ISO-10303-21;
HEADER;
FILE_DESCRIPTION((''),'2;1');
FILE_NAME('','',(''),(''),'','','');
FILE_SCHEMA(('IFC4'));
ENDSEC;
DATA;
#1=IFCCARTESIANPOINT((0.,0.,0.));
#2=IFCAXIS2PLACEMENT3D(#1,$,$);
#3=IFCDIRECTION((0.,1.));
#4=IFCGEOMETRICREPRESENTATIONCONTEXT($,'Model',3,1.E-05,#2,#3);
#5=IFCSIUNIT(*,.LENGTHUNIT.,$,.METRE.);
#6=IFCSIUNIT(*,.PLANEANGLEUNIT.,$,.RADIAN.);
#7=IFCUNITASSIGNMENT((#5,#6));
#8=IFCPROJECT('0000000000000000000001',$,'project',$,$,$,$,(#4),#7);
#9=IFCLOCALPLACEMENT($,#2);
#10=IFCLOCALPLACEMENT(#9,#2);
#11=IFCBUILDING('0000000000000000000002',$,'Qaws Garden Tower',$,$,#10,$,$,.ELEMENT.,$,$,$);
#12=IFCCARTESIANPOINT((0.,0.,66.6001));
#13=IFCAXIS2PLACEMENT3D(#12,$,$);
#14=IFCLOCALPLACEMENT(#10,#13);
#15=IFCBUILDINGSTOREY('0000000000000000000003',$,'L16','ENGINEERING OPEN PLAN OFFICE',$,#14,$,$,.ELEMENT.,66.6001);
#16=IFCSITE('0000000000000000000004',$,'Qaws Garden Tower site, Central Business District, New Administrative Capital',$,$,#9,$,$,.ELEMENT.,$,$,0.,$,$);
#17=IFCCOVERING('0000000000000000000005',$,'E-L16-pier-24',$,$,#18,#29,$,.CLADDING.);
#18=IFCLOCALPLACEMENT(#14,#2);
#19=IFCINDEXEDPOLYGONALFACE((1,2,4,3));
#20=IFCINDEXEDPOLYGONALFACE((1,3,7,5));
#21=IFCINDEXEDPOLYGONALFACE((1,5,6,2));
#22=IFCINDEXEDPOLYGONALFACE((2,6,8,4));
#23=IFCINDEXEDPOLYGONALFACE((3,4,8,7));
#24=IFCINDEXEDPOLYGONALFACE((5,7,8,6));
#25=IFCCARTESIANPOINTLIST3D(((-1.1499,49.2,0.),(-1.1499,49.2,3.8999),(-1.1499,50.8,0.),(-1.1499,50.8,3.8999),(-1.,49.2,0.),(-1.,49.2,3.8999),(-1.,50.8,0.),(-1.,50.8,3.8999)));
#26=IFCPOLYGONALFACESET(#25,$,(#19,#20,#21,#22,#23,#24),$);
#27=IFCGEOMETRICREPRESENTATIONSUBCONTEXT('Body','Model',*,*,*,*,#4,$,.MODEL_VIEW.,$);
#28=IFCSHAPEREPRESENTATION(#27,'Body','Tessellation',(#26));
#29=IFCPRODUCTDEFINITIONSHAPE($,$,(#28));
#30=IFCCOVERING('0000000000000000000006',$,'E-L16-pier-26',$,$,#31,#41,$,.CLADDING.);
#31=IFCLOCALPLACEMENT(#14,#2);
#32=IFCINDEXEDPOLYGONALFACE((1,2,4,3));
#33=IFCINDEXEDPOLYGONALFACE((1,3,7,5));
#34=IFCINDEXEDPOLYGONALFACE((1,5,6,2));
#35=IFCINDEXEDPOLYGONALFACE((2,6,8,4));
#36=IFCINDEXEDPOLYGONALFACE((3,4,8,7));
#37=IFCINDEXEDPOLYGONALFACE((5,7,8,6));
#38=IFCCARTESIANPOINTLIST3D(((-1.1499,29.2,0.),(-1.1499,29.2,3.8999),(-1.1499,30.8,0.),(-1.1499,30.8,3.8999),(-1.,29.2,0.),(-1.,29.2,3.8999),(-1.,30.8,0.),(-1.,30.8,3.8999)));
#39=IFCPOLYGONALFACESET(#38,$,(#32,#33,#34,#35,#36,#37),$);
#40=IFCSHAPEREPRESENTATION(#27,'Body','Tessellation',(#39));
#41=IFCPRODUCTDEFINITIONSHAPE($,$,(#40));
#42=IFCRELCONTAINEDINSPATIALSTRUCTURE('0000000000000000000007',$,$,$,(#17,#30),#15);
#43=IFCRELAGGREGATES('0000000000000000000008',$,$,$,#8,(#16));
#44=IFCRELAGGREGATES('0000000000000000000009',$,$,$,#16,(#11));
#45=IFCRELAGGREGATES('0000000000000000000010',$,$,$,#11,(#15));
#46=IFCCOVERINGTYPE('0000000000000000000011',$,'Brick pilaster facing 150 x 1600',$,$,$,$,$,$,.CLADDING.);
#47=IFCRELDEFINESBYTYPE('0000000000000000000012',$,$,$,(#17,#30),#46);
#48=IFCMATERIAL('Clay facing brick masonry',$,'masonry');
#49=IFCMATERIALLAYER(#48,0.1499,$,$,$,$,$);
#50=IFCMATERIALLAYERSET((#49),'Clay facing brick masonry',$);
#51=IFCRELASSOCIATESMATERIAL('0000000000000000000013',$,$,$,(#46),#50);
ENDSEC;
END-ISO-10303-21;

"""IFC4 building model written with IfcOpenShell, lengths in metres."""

from ifc_helpers import new_model, si_unit, direction, frame, origin, place, context, subcontext, project, spatial, polyline, outline, extrude, material, layer, layer_set, type_object, element, save


model = new_model("IFC4")

# Units and contexts
model_context = context("Model", 3, precision=1e-05, world=origin(), true_north=direction((0.0, 1.0)))
body_context = subcontext(model_context, "Body", "Model", "MODEL_VIEW")
ifc_project = project(units=[si_unit("LENGTHUNIT", "METRE"), si_unit("PLANEANGLEUNIT", "RADIAN")], contexts=[model_context])

# Site, building, storey
site_placement = place(None, origin())
site = spatial("IfcSite", under=ifc_project, at=site_placement, Name="Qaws Garden Tower site, Central Business District, New Administrative Capital", CompositionType="ELEMENT", RefElevation=0.0)
building_placement = place(site_placement, origin())
building = spatial("IfcBuilding", under=site, at=building_placement, Name="Qaws Garden Tower", CompositionType="ELEMENT")
storey_placement = place(building_placement, frame((0.0, 0.0, 66.6001)))
storey = spatial("IfcBuildingStorey", under=building, at=storey_placement, Name="L16", Description="ENGINEERING OPEN PLAN OFFICE", CompositionType="ELEMENT", Elevation=66.6001)

# Shared definitions
placement = place(storey_placement, origin())

# Coverings
ifc_material_1 = material(Name="Clay facing brick masonry", Category="masonry")
ifc_layer_1 = layer(ifc_material_1, 0.1499)
ifc_layer_set_1 = layer_set([ifc_layer_1], Name="Clay facing brick masonry")
covering_type = type_object("IfcCoveringType", Name="Brick pilaster facing 150 x 1600", PredefinedType="CLADDING", material=ifc_layer_set_1)
element("IfcCovering", 1, at=placement, inside=storey, type_object=covering_type, Name="E-L16-pier-24", PredefinedType="CLADDING", context=body_context, shape_type="SweptSolid", body=[
    extrude(outline(polyline([(-1.0, 50.8), (-1.0, 49.2), (-1.1499, 49.2), (-1.1499, 50.8), (-1.0, 50.8)])), origin(), (0.0, 0.0, 1.0), 3.8999),
])
element("IfcCovering", 2, at=placement, inside=storey, type_object=covering_type, Name="E-L16-pier-26", PredefinedType="CLADDING", context=body_context, shape_type="SweptSolid", body=[
    extrude(outline(polyline([(-1.0, 30.8), (-1.0, 29.2), (-1.1499, 29.2), (-1.1499, 30.8), (-1.0, 30.8)])), origin(), (0.0, 0.0, 1.0), 3.8999),
])

save(model, "model.ifc")
